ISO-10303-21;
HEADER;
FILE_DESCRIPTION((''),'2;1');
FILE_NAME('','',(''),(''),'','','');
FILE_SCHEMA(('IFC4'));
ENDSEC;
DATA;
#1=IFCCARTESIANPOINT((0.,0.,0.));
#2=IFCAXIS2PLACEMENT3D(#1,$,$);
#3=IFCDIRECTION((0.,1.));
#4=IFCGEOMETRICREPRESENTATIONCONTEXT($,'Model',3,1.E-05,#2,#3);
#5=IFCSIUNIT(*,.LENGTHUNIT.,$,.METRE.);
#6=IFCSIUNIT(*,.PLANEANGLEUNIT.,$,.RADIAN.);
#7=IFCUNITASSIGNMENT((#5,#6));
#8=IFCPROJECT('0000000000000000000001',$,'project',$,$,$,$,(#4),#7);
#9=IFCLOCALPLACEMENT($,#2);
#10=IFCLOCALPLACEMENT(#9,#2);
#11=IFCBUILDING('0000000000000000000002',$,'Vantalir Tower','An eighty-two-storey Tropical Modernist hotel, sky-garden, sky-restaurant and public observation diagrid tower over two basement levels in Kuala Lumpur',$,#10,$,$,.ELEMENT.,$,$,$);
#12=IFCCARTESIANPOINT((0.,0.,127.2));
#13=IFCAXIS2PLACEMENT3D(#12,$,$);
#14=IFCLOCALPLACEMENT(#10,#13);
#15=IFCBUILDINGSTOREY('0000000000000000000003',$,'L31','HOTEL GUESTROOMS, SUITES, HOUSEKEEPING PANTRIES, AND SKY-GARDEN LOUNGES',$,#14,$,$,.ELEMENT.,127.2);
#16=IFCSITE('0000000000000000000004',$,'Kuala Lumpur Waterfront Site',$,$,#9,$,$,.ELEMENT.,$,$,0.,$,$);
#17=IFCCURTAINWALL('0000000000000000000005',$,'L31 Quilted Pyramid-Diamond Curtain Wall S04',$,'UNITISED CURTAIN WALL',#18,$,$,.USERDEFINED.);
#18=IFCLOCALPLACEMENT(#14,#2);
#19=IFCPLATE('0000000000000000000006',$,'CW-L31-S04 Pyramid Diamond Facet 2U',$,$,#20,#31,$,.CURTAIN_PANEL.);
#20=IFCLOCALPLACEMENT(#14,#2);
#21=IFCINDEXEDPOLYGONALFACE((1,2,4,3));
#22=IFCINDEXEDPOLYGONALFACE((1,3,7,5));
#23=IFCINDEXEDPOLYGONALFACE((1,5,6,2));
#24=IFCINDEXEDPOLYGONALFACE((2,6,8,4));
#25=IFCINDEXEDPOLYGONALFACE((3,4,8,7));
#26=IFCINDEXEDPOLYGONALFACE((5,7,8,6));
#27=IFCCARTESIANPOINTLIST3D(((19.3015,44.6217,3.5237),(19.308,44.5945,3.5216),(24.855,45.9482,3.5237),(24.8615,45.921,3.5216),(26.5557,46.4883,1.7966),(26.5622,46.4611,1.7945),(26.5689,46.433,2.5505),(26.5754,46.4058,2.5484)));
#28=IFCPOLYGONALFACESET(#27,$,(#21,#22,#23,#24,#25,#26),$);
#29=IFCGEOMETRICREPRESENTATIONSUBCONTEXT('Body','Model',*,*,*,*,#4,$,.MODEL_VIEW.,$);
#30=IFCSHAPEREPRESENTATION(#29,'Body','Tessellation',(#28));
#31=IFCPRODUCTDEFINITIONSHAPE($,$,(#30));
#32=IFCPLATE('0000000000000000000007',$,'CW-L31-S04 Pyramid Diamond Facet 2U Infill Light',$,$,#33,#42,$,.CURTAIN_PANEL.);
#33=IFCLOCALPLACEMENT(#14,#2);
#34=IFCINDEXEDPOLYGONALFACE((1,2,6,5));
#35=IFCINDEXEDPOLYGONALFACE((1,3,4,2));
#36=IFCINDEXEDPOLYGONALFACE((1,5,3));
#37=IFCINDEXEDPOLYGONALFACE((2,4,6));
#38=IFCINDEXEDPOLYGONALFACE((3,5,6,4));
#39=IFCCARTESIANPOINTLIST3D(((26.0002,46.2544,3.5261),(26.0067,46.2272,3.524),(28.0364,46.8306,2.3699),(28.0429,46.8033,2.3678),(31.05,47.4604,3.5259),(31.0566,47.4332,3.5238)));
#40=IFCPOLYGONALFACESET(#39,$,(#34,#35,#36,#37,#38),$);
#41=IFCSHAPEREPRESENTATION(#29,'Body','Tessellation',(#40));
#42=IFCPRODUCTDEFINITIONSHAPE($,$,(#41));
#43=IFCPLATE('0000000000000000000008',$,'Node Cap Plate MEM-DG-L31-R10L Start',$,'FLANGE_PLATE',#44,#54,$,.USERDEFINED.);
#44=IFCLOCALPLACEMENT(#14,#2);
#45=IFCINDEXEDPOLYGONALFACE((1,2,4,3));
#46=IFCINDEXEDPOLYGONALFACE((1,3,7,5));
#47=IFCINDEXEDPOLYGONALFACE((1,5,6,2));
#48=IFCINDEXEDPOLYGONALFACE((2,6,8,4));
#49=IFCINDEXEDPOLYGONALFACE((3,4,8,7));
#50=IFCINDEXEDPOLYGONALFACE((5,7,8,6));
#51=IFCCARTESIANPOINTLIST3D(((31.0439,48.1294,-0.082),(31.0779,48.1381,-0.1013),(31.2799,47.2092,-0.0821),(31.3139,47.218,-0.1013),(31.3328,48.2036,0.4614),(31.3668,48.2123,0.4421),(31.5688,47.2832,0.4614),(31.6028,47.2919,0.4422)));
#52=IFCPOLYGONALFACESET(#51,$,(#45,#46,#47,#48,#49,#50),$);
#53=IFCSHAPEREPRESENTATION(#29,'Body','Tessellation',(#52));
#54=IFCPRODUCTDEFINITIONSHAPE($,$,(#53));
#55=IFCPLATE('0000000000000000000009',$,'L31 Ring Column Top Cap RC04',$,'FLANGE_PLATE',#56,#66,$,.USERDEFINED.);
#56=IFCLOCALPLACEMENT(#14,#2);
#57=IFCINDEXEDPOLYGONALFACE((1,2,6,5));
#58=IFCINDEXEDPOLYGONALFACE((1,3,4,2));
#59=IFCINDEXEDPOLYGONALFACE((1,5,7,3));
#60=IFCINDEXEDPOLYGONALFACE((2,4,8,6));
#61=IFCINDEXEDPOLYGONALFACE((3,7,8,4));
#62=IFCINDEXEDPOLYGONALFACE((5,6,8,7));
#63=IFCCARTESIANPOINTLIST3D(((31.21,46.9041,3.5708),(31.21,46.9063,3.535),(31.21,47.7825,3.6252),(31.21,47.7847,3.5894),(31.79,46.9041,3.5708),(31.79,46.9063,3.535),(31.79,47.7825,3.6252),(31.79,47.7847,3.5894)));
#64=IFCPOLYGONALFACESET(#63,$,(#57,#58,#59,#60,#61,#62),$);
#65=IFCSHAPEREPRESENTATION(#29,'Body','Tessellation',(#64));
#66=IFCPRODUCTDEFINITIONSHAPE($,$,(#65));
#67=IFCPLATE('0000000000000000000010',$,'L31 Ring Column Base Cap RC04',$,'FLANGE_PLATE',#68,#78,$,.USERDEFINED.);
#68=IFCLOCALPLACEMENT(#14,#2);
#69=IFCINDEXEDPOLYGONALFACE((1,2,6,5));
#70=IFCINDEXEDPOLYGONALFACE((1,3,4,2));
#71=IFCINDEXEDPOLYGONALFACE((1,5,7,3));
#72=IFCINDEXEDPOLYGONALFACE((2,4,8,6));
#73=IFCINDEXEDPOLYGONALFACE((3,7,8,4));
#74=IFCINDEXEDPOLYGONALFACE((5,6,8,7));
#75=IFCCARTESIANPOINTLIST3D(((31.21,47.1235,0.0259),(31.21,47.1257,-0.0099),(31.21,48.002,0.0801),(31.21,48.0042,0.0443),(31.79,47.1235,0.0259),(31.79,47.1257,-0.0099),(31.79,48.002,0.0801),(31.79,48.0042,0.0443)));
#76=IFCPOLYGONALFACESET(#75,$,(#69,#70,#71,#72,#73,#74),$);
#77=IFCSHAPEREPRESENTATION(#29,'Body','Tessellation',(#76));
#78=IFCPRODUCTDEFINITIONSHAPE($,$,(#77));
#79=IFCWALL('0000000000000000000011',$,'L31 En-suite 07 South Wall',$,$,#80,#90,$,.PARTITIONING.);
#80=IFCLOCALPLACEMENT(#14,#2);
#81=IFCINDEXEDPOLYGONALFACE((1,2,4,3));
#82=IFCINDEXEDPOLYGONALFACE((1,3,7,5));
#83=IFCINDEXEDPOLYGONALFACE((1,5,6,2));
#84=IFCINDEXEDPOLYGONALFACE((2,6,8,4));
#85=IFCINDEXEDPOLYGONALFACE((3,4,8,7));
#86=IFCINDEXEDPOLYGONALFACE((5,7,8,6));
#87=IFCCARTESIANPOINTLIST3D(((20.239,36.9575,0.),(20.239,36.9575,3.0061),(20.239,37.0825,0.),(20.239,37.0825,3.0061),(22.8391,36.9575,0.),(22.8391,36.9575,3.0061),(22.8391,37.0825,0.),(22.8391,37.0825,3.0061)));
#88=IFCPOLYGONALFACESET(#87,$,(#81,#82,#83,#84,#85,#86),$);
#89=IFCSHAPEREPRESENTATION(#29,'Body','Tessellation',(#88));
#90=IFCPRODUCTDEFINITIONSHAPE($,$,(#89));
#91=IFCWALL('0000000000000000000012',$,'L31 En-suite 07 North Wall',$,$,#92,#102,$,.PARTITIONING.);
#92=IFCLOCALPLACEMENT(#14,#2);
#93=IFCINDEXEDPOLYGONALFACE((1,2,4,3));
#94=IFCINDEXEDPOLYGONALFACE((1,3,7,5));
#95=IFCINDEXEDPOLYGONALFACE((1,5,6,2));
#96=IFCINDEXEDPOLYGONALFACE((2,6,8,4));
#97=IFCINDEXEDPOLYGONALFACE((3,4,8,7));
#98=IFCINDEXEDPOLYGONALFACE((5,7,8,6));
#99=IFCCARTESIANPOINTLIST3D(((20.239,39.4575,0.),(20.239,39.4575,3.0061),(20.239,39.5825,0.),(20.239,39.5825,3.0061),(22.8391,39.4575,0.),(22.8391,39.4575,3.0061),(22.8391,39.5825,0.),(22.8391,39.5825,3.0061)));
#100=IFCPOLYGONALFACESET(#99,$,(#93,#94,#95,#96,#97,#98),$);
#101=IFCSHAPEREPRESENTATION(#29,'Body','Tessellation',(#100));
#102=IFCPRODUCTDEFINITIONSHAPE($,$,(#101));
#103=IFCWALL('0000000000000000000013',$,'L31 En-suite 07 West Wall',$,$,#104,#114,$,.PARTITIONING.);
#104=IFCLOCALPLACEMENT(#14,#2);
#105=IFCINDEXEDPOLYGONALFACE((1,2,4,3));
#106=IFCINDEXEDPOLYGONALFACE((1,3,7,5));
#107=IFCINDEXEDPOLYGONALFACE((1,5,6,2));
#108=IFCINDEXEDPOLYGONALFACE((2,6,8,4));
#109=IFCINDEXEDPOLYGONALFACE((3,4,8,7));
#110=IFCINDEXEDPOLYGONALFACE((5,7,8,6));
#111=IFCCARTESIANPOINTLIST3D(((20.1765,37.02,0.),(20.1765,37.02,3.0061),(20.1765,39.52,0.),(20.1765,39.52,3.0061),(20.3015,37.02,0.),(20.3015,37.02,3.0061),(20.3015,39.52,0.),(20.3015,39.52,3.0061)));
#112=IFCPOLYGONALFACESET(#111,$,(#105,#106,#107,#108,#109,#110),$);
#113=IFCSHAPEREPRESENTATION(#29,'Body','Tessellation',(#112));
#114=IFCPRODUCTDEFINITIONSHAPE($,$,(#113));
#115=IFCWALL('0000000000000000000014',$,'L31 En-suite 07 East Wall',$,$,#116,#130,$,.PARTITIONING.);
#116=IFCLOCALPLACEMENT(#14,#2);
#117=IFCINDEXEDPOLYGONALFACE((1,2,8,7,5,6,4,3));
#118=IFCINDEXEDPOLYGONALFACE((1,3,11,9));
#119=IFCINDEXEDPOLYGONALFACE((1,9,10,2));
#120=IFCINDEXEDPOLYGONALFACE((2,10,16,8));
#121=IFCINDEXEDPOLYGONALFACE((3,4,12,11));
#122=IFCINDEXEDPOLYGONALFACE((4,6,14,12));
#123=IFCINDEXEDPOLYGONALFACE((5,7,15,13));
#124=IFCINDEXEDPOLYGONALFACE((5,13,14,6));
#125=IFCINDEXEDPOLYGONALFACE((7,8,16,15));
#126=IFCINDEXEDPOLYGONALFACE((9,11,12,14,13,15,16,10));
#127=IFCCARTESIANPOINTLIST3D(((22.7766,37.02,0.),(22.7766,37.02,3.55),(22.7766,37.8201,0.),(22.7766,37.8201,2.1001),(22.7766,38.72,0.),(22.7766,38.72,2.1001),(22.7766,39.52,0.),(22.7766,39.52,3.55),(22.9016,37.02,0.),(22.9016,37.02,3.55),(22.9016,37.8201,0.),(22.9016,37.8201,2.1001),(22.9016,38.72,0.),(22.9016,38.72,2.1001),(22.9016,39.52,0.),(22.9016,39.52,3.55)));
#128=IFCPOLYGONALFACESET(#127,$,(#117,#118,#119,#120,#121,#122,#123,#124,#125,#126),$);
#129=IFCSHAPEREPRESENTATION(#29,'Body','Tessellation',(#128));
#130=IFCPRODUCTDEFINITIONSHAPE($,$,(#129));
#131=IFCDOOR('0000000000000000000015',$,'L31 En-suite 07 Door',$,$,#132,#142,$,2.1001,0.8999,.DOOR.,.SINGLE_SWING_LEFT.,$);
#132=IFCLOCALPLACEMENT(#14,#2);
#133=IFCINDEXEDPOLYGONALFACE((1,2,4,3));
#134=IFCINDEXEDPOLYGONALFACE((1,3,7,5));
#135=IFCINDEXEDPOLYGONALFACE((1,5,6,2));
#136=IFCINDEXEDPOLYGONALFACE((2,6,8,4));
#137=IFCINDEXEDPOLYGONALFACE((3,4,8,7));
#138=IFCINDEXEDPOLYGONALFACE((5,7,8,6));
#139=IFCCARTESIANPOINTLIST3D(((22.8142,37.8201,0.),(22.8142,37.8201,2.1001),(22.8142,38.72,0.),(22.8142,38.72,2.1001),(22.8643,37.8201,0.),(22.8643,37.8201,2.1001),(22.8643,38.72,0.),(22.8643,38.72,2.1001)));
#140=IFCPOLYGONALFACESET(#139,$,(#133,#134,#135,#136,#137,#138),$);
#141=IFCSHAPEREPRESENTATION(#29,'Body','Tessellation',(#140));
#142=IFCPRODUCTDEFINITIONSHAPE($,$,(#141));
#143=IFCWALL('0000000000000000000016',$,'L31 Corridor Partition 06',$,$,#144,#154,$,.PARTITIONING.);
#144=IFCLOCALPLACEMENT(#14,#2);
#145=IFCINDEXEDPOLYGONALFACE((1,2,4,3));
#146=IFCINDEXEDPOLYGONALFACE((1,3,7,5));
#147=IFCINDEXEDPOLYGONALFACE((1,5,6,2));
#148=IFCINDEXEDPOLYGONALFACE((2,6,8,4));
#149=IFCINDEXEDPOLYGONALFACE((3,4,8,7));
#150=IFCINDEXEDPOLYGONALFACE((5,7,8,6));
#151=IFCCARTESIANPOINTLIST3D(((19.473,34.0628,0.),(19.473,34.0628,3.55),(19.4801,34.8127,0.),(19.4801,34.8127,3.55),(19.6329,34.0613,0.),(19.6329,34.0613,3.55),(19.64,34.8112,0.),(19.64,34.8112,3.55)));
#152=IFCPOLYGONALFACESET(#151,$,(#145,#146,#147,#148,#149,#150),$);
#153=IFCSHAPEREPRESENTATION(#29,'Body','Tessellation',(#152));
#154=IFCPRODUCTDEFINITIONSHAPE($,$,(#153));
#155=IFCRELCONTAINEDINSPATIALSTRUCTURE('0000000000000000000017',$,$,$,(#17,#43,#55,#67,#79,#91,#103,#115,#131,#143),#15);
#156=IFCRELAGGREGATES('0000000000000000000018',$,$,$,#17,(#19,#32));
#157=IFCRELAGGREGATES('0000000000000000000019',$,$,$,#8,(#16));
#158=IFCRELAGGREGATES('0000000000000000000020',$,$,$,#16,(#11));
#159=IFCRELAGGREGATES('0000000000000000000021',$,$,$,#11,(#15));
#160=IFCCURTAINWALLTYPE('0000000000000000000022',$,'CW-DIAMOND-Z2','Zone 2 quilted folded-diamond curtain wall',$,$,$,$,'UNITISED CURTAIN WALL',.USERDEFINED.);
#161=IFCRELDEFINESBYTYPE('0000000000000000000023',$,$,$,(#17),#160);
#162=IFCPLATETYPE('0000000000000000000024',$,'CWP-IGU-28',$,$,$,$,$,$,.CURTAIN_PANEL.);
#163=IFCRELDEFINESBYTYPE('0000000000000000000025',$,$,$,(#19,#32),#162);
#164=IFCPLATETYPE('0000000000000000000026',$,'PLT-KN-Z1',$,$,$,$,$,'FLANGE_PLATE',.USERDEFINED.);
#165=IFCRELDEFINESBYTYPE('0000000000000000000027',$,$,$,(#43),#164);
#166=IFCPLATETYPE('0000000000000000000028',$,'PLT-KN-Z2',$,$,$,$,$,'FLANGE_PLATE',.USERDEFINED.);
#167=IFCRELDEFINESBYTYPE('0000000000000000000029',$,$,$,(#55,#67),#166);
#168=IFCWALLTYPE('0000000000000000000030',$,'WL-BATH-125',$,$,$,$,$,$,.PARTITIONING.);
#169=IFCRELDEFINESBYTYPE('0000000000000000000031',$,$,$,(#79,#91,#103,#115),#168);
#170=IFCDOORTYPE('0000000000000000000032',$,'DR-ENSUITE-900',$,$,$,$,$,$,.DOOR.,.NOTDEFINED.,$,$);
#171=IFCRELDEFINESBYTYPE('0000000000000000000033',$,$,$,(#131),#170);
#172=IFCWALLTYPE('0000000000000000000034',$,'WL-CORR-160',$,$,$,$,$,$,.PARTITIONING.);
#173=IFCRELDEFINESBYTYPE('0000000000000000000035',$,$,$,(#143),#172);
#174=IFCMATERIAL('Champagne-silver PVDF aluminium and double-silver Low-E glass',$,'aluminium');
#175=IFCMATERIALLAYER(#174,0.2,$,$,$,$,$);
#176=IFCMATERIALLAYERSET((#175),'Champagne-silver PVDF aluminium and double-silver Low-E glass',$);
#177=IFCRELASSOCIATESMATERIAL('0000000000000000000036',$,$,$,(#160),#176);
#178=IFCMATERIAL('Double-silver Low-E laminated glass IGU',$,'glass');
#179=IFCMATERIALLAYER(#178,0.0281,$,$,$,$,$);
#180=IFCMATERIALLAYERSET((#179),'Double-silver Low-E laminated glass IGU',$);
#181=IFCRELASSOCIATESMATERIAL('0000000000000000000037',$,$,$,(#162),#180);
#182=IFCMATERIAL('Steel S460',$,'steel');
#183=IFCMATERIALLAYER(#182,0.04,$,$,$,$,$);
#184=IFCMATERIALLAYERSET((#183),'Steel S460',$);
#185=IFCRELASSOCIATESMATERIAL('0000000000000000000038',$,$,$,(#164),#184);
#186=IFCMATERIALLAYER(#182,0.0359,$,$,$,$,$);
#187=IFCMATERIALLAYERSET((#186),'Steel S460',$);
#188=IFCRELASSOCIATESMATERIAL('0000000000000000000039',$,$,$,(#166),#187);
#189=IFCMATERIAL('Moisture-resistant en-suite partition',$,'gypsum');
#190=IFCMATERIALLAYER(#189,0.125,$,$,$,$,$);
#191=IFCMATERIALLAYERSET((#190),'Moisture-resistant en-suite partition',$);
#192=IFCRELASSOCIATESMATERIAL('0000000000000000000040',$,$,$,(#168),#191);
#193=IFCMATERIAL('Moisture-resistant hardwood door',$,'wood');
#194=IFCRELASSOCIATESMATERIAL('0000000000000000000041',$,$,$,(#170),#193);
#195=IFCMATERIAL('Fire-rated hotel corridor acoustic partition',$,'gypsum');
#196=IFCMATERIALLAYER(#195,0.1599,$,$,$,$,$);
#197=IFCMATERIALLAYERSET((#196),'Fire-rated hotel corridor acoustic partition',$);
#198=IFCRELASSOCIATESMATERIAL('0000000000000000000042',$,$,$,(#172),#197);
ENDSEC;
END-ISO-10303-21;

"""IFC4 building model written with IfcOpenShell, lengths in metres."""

from ifc_helpers import new_model, si_unit, direction, frame, frame_2d, origin, place, context, subcontext, project, spatial, polyline, rectangle, outline, extrude, material, layer, layer_set, type_object, element, fill, aggregate, save


model = new_model("IFC4")

# Units and contexts
model_context = context("Model", 3, precision=1e-05, world=origin(), true_north=direction((0.0, 1.0)))
body_context = subcontext(model_context, "Body", "Model", "MODEL_VIEW")
ifc_project = project(units=[si_unit("LENGTHUNIT", "METRE"), si_unit("PLANEANGLEUNIT", "RADIAN")], contexts=[model_context])

# Site, building, storey
site_placement = place(None, origin())
site = spatial("IfcSite", under=ifc_project, at=site_placement, Name="Kuala Lumpur Waterfront Site", CompositionType="ELEMENT", RefElevation=0.0)
building_placement = place(site_placement, origin())
building = spatial("IfcBuilding", under=site, at=building_placement, Name="Vantalir Tower", Description="An eighty-two-storey Tropical Modernist hotel, sky-garden, sky-restaurant and public observation diagrid tower over two basement levels in Kuala Lumpur", CompositionType="ELEMENT")
storey_placement = place(building_placement, frame((0.0, 0.0, 127.2)))
storey = spatial("IfcBuildingStorey", under=building, at=storey_placement, Name="L31", Description="HOTEL GUESTROOMS, SUITES, HOUSEKEEPING PANTRIES, AND SKY-GARDEN LOUNGES", CompositionType="ELEMENT", Elevation=127.2)

# Curtain wall
ifc_material_1 = material(Name="Champagne-silver PVDF aluminium and double-silver Low-E glass", Category="aluminium")
ifc_layer_1 = layer(ifc_material_1, 0.2)
ifc_layer_set_1 = layer_set([ifc_layer_1], Name="Champagne-silver PVDF aluminium and double-silver Low-E glass")
curtain_wall_type = type_object("IfcCurtainWallType", Name="CW-DIAMOND-Z2", Description="Zone 2 quilted folded-diamond curtain wall", ElementType="UNITISED CURTAIN WALL", PredefinedType="USERDEFINED", material=ifc_layer_set_1)
curtain_wall_placement = place(storey_placement, origin())
curtain_wall = element("IfcCurtainWall", 1, at=curtain_wall_placement, inside=storey, type_object=curtain_wall_type, Name="L31 Quilted Pyramid-Diamond Curtain Wall S04", ObjectType="UNITISED CURTAIN WALL", PredefinedType="USERDEFINED")

# Shared definitions
ifc_material_2 = material(Name="Steel S460", Category="steel")

# Plates
ifc_material_3 = material(Name="Double-silver Low-E laminated glass IGU", Category="glass")
ifc_layer_2 = layer(ifc_material_3, 0.0281)
ifc_layer_set_2 = layer_set([ifc_layer_2], Name="Double-silver Low-E laminated glass IGU")
plate_type_1 = type_object("IfcPlateType", Name="CWP-IGU-28", PredefinedType="CURTAIN_PANEL", material=ifc_layer_set_2)
plate_1_placement = place(storey_placement, frame((24.855, 45.9482, 3.5237), z_axis=(-0.231668, 0.969888, 0.075147), x_axis=(-0.972638, -0.232325, -0.000001)))
plate_1 = element("IfcPlate", 2, at=plate_1_placement, type_object=plate_type_1, Name="CW-L31-S04 Pyramid Diamond Facet 2U", PredefinedType="CURTAIN_PANEL", context=body_context, shape_type="SweptSolid", body=[
    extrude(outline(polyline([(0.0, 0.0), (5.7097, 0.0), (-1.7796, -1.7319), (-1.7796, -0.9759), (0.0, 0.0)])), origin(), (0.0, 0.0, -1.0), 0.0281),
])
plate_2_placement = place(storey_placement, frame((31.05, 47.4604, 3.5259), z_axis=(-0.231634, 0.969877, 0.075397), x_axis=(-0.972645, -0.232299, 0.000047)))
plate_2 = element("IfcPlate", 3, at=plate_2_placement, type_object=plate_type_1, Name="CW-L31-S04 Pyramid Diamond Facet 2U Infill Light", PredefinedType="CURTAIN_PANEL", context=body_context, shape_type="SweptSolid", body=[
    extrude(outline(polyline([(0.0, 0.0), (5.1918, 0.0), (3.0775, -1.1595), (0.0, 0.0)])), origin(), (0.0, 0.0, -1.0), 0.0281),
])
aggregate(curtain_wall, [plate_1, plate_2])

# Plates
ifc_layer_3 = layer(ifc_material_2, 0.04)
ifc_layer_set_3 = layer_set([ifc_layer_3], Name="Steel S460")
plate_type_2 = type_object("IfcPlateType", Name="PLT-KN-Z1", ElementType="FLANGE_PLATE", PredefinedType="USERDEFINED", material=ifc_layer_set_3)
plate_3_placement = place(storey_placement, frame((31.0439, 48.1294, -0.082), z_axis=(-0.849164, -0.217726, 0.481161), x_axis=(0.248345, -0.968672, -0.000039)))
element("IfcPlate", 4, at=plate_3_placement, inside=storey, type_object=plate_type_2, Name="Node Cap Plate MEM-DG-L31-R10L Start", ObjectType="FLANGE_PLATE", PredefinedType="USERDEFINED", context=body_context, shape_type="SweptSolid", body=[
    extrude(outline(polyline([(0.0, 0.0), (0.9499, 0.0), (0.95, 0.62), (-0.0002, 0.6199), (0.0, 0.0)])), origin(), (0.0, 0.0, -1.0), 0.04),
])
ifc_layer_4 = layer(ifc_material_2, 0.0359)
ifc_layer_set_4 = layer_set([ifc_layer_4], Name="Steel S460")
plate_type_3 = type_object("IfcPlateType", Name="PLT-KN-Z2", ElementType="FLANGE_PLATE", PredefinedType="USERDEFINED", material=ifc_layer_set_4)
plate_4_placement = place(storey_placement, frame((31.21, 47.7825, 3.6252), z_axis=(0.0, -0.06186, 0.998085), x_axis=(0.0, -0.998085, -0.06186)))
element("IfcPlate", 5, at=plate_4_placement, inside=storey, type_object=plate_type_3, Name="L31 Ring Column Top Cap RC04", ObjectType="FLANGE_PLATE", PredefinedType="USERDEFINED", context=body_context, shape_type="SweptSolid", body=[
    extrude(outline(polyline([(0.0, 0.0), (0.8801, 0.0), (0.8801, 0.5801), (0.0, 0.5801), (0.0, 0.0)])), origin(), (0.0, 0.0, -1.0), 0.0359),
])
plate_5_placement = place(storey_placement, frame((31.21, 48.002, 0.0801), z_axis=(0.0, -0.061584, 0.998102), x_axis=(0.0, -0.998102, -0.061584)))
element("IfcPlate", 6, at=plate_5_placement, inside=storey, type_object=plate_type_3, Name="L31 Ring Column Base Cap RC04", ObjectType="FLANGE_PLATE", PredefinedType="USERDEFINED", context=body_context, shape_type="SweptSolid", body=[
    extrude(outline(polyline([(0.0, 0.0), (0.8801, 0.0), (0.8801, 0.5801), (0.0, 0.5801), (0.0, 0.0)])), origin(), (0.0, 0.0, -1.0), 0.0359),
])

# Walls
ifc_material_4 = material(Name="Moisture-resistant en-suite partition", Category="gypsum")
ifc_layer_5 = layer(ifc_material_4, 0.125)
ifc_layer_set_5 = layer_set([ifc_layer_5], Name="Moisture-resistant en-suite partition")
wall_type_1 = type_object("IfcWallType", Name="WL-BATH-125", PredefinedType="PARTITIONING", material=ifc_layer_set_5)
for number, where, z_axis, x_axis, name in (
    (7, (20.239, 37.02, 0.0), (0.0, 0.0, 1.0), (1.0, 0.0, 0.0), "L31 En-suite 07 South Wall"),
    (8, (20.239, 39.52, 0.0), (0.0, 0.0, 1.0), (1.0, 0.0, 0.0), "L31 En-suite 07 North Wall"),
):
    element("IfcWall", number, at=place(storey_placement, frame(where, z_axis=z_axis, x_axis=x_axis)), inside=storey, type_object=wall_type_1, Name=name, PredefinedType="PARTITIONING", context=body_context, shape_type="SweptSolid", body=[
        extrude(rectangle(XDim=2.6001, YDim=0.125, at=frame_2d((1.3, 0.0))), origin(), (0.0, 0.0, 1.0), 3.0061),
    ])
wall_1_placement = place(storey_placement, frame((20.239, 37.02, 0.0), z_axis=(0.0, 0.0, 1.0), x_axis=(0.0, 1.0, 0.0)))
element("IfcWall", 9, at=wall_1_placement, inside=storey, type_object=wall_type_1, Name="L31 En-suite 07 West Wall", PredefinedType="PARTITIONING", context=body_context, shape_type="SweptSolid", body=[
    extrude(rectangle(XDim=2.5, YDim=0.125, at=frame_2d((1.25, 0.0))), origin(), (0.0, 0.0, 1.0), 3.0061),
])

# Wall, opening, door
wall_2_placement = place(storey_placement, frame((22.8391, 37.02, 0.0), z_axis=(0.0, 0.0, 1.0), x_axis=(0.0, 1.0, 0.0)))
wall_2 = element("IfcWall", 10, at=wall_2_placement, inside=storey, type_object=wall_type_1, Name="L31 En-suite 07 East Wall", PredefinedType="PARTITIONING", context=body_context, shape_type="SweptSolid", body=[
    extrude(rectangle(XDim=2.5, YDim=0.125, at=frame_2d((1.25, 0.0))), origin(), (0.0, 0.0, 1.0), 3.55),
])
opening_1_placement = place(wall_2_placement, frame((0.8, 0.0, 0.0)))
opening_1 = element("IfcOpeningElement", 11, at=opening_1_placement, cuts=wall_2, PredefinedType="OPENING", context=body_context, shape_type="SweptSolid", body=[
    extrude(rectangle(XDim=0.8999, YDim=2.1001, at=frame_2d((0.45, 1.05))), frame((0.0, 0.0725, 0.0), z_axis=(0.0, -1.0, 0.0), x_axis=(1.0, 0.0, 0.0)), (0.0, 0.0, 1.0), 0.145),
])
ifc_material_5 = material(Name="Moisture-resistant hardwood door", Category="wood")
door_type_1 = type_object("IfcDoorType", Name="DR-ENSUITE-900", OperationType="NOTDEFINED", PredefinedType="DOOR", material=ifc_material_5)
door_1_placement = place(opening_1_placement, origin())
door_1 = element("IfcDoor", 12, at=door_1_placement, inside=storey, type_object=door_type_1, Name="L31 En-suite 07 Door", OperationType="SINGLE_SWING_LEFT", OverallHeight=2.1001, OverallWidth=0.8999, PredefinedType="DOOR", context=body_context, shape_type="SweptSolid", body=[
    extrude(rectangle(XDim=0.8999, YDim=2.1001, at=frame_2d((0.45, 1.05))), frame((0.0, 0.0249, 0.0), z_axis=(0.0, -1.0, 0.0), x_axis=(1.0, 0.0, 0.0)), (0.0, 0.0, 1.0), 0.05),
])
fill(opening_1, door_1)

# Wall
ifc_material_6 = material(Name="Fire-rated hotel corridor acoustic partition", Category="gypsum")
ifc_layer_6 = layer(ifc_material_6, 0.1599)
ifc_layer_set_6 = layer_set([ifc_layer_6], Name="Fire-rated hotel corridor acoustic partition")
wall_type_2 = type_object("IfcWallType", Name="WL-CORR-160", PredefinedType="PARTITIONING", material=ifc_layer_set_6)
wall_3_placement = place(storey_placement, frame((19.553, 34.062, 0.0), z_axis=(0.0, 0.0, 1.0), x_axis=(0.00944, 0.999955, 0.0)))
element("IfcWall", 13, at=wall_3_placement, inside=storey, type_object=wall_type_2, Name="L31 Corridor Partition 06", PredefinedType="PARTITIONING", context=body_context, shape_type="SweptSolid", body=[
    extrude(rectangle(XDim=0.75, YDim=0.1599, at=frame_2d((0.375, 0.0))), origin(), (0.0, 0.0, 1.0), 3.55),
])

save(model, "model.ifc")
